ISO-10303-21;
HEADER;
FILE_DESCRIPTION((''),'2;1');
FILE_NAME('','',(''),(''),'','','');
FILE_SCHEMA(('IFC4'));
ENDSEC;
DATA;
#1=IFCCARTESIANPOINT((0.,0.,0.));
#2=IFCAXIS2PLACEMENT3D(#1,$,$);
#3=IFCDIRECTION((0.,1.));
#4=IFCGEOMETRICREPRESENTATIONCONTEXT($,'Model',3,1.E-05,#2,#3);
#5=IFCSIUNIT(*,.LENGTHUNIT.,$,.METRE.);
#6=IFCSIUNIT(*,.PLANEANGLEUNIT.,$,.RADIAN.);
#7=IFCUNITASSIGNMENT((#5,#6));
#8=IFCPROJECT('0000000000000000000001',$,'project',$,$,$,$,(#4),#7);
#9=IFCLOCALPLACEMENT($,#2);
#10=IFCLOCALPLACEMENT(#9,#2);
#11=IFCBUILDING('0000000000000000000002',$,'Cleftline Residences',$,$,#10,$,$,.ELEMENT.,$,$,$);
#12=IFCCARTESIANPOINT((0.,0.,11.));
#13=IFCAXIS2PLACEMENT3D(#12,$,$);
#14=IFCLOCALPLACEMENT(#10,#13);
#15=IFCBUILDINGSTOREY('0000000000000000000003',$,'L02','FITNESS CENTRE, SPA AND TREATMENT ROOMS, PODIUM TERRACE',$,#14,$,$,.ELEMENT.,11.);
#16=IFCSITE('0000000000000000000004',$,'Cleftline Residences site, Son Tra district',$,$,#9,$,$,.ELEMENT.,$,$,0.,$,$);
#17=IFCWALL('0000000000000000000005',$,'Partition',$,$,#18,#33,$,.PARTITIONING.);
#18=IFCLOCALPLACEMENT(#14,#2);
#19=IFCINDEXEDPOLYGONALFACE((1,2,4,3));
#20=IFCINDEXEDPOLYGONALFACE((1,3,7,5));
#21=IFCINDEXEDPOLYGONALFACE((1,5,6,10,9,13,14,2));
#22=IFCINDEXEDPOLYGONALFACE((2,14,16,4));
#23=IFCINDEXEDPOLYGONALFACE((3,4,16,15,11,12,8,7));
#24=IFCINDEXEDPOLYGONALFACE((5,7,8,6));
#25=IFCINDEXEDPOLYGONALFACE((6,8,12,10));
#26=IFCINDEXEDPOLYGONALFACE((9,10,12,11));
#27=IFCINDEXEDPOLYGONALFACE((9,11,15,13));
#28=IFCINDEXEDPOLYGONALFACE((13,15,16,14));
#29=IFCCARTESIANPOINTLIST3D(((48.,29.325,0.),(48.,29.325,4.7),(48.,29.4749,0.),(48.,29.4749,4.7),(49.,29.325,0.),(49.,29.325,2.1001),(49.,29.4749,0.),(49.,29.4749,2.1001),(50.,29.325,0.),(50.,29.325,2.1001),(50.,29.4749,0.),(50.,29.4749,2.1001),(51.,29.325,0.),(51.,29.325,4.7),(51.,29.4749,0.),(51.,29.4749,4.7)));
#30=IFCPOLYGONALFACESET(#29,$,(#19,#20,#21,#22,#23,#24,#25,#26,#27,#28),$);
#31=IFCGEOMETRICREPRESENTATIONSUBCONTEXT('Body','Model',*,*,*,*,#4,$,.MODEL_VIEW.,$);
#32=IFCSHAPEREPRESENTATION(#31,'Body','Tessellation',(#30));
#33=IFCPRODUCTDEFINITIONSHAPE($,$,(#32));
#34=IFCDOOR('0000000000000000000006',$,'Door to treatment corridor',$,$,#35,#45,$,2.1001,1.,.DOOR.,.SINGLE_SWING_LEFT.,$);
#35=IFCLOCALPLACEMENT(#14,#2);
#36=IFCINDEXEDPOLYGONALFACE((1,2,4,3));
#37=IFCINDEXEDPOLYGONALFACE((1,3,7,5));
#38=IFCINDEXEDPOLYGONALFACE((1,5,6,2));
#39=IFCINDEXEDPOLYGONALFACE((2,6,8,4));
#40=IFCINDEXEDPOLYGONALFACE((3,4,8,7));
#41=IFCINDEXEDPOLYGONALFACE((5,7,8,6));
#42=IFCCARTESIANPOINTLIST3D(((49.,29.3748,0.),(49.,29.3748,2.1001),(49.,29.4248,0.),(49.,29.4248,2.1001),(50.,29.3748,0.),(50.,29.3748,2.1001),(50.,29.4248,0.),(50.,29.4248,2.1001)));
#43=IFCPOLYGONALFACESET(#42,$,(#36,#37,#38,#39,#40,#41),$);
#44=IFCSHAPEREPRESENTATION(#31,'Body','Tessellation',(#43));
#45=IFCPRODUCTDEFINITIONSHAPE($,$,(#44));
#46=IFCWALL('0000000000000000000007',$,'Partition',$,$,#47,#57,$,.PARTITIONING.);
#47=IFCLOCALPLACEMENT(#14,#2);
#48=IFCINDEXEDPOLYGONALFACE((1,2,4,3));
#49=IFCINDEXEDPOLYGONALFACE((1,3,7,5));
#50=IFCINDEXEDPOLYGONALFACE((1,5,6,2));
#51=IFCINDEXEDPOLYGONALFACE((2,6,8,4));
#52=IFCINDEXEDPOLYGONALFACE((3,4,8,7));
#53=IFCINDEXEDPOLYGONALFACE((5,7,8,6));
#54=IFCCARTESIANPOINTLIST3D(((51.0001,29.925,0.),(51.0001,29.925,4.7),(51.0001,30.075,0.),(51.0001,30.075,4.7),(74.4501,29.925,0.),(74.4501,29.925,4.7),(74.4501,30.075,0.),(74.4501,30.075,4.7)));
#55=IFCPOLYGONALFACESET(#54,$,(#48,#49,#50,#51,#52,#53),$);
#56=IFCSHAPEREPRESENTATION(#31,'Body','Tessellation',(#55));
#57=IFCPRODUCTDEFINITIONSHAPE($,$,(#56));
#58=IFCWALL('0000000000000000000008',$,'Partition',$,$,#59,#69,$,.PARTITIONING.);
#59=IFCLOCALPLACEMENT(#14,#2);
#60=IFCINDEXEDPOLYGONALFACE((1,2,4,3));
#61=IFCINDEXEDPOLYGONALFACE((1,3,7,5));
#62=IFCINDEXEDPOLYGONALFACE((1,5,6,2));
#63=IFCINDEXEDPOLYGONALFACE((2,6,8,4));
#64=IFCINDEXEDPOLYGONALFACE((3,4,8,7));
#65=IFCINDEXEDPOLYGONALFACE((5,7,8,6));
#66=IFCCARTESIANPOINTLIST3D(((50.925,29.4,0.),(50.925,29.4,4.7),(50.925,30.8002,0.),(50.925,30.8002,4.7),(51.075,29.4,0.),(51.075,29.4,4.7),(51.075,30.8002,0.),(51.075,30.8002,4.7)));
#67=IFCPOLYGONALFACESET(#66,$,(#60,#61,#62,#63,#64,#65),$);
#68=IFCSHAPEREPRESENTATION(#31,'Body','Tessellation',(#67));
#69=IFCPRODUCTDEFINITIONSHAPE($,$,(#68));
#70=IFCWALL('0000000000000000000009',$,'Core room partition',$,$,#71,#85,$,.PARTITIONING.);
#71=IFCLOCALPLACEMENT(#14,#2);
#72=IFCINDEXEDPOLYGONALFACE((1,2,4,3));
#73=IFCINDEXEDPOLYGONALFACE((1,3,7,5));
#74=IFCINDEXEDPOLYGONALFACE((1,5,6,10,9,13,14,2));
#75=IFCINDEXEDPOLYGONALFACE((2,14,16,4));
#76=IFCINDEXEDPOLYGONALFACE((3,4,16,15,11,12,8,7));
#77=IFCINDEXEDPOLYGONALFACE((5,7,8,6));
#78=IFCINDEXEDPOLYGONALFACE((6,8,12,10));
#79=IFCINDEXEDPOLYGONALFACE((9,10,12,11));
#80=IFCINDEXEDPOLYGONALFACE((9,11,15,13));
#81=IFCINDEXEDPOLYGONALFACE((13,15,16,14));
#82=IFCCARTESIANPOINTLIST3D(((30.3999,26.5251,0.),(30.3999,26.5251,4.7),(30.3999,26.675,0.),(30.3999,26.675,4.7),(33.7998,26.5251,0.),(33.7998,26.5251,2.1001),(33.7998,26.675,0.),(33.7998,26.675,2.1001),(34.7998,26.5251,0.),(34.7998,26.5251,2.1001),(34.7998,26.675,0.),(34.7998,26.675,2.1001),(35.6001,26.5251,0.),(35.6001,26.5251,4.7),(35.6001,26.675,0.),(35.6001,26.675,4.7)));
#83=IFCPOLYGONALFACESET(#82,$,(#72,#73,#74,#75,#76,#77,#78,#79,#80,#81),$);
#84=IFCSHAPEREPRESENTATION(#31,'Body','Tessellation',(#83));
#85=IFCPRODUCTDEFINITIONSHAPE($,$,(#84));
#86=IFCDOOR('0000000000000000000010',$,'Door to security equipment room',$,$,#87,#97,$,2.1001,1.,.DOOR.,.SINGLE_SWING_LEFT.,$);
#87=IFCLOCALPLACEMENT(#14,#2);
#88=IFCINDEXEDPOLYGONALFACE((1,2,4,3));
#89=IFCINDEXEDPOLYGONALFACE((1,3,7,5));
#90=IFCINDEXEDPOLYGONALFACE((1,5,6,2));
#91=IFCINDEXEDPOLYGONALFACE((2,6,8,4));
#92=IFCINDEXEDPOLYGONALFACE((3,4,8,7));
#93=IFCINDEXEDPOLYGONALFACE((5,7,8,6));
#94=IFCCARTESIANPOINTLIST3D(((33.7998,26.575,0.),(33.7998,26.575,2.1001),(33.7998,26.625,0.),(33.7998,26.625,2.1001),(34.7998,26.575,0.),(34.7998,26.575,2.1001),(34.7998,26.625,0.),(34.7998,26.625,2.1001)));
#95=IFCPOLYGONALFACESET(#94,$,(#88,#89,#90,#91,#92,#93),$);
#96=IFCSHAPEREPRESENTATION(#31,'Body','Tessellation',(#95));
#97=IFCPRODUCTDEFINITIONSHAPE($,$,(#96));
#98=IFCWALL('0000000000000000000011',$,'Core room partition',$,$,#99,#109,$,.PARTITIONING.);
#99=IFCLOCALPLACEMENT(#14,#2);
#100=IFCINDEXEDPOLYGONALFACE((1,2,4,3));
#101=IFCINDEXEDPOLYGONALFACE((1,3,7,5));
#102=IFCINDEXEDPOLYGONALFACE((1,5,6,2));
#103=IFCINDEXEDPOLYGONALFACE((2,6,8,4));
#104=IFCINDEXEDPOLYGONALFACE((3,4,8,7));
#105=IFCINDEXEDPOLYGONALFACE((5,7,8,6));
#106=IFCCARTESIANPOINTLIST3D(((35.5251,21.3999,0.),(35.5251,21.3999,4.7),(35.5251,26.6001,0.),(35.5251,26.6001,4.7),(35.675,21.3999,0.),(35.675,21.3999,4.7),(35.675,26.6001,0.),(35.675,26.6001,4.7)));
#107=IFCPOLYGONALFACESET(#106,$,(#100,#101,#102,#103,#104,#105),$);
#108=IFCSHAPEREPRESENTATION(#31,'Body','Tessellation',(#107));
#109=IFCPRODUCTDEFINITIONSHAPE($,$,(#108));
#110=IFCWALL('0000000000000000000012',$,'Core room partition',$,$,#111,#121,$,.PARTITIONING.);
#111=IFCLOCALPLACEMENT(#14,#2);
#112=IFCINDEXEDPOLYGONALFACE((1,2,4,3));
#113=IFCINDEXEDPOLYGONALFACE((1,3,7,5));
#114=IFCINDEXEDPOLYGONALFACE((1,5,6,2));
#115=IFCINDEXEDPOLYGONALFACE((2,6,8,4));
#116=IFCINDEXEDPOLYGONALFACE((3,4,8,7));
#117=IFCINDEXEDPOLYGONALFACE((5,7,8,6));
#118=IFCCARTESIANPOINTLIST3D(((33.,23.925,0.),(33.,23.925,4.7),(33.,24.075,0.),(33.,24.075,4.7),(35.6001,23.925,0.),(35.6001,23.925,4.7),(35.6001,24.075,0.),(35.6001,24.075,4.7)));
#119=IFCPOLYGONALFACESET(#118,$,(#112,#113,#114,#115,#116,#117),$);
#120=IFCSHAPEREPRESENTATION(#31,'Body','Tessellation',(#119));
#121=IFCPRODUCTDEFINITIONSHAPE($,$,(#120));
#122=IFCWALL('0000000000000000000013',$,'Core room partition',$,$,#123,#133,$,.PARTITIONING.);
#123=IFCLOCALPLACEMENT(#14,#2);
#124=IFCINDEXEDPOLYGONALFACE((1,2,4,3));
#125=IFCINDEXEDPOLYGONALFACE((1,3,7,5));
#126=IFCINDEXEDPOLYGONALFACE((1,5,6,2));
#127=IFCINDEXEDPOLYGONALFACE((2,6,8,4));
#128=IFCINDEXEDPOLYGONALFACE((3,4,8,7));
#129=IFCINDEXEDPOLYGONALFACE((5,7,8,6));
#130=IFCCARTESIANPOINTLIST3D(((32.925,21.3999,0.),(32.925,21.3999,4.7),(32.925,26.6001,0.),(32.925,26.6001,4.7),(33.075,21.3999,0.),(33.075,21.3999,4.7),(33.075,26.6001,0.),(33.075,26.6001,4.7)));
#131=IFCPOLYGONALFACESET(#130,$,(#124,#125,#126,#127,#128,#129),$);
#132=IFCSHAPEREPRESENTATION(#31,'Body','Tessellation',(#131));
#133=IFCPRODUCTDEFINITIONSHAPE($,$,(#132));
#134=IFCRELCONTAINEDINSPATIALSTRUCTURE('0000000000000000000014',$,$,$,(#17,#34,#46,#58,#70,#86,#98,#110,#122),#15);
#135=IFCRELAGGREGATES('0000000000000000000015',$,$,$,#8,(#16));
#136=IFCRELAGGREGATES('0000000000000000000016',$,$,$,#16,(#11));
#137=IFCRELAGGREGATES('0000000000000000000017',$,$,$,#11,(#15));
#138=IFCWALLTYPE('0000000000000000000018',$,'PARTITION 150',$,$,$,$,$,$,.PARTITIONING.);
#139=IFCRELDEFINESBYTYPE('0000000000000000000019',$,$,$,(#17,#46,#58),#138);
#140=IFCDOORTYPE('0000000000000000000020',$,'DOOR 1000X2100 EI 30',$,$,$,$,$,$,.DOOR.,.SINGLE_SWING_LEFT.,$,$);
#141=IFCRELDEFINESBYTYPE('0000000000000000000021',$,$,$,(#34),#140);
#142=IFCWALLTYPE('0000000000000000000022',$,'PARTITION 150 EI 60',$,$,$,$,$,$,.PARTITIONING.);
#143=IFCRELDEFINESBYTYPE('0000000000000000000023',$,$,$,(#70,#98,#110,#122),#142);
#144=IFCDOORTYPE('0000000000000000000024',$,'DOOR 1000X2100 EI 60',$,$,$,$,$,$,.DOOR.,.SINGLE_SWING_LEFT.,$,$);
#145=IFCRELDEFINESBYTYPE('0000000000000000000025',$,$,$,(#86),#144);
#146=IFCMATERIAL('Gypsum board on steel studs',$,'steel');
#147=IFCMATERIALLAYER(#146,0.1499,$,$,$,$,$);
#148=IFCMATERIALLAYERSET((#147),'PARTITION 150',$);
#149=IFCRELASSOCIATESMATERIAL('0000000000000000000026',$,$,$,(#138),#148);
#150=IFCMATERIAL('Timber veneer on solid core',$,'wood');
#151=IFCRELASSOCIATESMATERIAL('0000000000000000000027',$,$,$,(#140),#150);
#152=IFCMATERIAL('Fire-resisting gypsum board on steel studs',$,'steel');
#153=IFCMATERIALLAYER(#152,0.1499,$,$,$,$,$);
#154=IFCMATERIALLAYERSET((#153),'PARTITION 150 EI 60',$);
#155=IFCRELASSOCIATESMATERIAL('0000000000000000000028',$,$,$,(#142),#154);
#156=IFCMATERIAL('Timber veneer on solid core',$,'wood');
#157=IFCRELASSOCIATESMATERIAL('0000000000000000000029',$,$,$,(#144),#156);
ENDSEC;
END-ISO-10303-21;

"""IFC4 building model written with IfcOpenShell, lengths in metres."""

from ifc_helpers import new_model, si_unit, direction, frame, frame_2d, origin, place, context, subcontext, project, spatial, rectangle, extrude, material, layer, layer_set, type_object, element, fill, save


model = new_model("IFC4")

# Units and contexts
model_context = context("Model", 3, precision=1e-05, world=origin(), true_north=direction((0.0, 1.0)))
body_context = subcontext(model_context, "Body", "Model", "MODEL_VIEW")
ifc_project = project(units=[si_unit("LENGTHUNIT", "METRE"), si_unit("PLANEANGLEUNIT", "RADIAN")], contexts=[model_context])

# Site, building, storey
site_placement = place(None, origin())
site = spatial("IfcSite", under=ifc_project, at=site_placement, Name="Cleftline Residences site, Son Tra district", CompositionType="ELEMENT", RefElevation=0.0)
building_placement = place(site_placement, origin())
building = spatial("IfcBuilding", under=site, at=building_placement, Name="Cleftline Residences", CompositionType="ELEMENT")
storey_placement = place(building_placement, frame((0.0, 0.0, 11.0)))
storey = spatial("IfcBuildingStorey", under=building, at=storey_placement, Name="L02", Description="FITNESS CENTRE, SPA AND TREATMENT ROOMS, PODIUM TERRACE", CompositionType="ELEMENT", Elevation=11.0)

# Wall, opening, door
ifc_material_1 = material(Name="Gypsum board on steel studs", Category="steel")
ifc_layer_1 = layer(ifc_material_1, 0.1499)
ifc_layer_set_1 = layer_set([ifc_layer_1], Name="PARTITION 150")
wall_type_1 = type_object("IfcWallType", Name="PARTITION 150", PredefinedType="PARTITIONING", material=ifc_layer_set_1)
wall_1_placement = place(storey_placement, frame((48.0, 29.3999, 0.0), z_axis=(0.0, 0.0, 1.0), x_axis=(1.0, 0.0, 0.0)))
wall_1 = element("IfcWall", 1, at=wall_1_placement, inside=storey, type_object=wall_type_1, Name="Partition", PredefinedType="PARTITIONING", context=body_context, shape_type="SweptSolid", body=[
    extrude(rectangle(XDim=3.0, YDim=0.1499, at=frame_2d((1.5, 0.0))), origin(), (0.0, 0.0, 1.0), 4.7),
])
opening_1_placement = place(wall_1_placement, frame((1.0, 0.0, 0.0)))
opening_1 = element("IfcOpeningElement", 2, at=opening_1_placement, cuts=wall_1, PredefinedType="OPENING", context=body_context, shape_type="SweptSolid", body=[
    extrude(rectangle(XDim=1.0, YDim=2.1001, at=frame_2d((0.5, 1.05))), frame((0.0, 0.085, 0.0), z_axis=(0.0, -1.0, 0.0), x_axis=(1.0, 0.0, 0.0)), (0.0, 0.0, 1.0), 0.1699),
])
ifc_material_2 = material(Name="Timber veneer on solid core", Category="wood")
door_type_1 = type_object("IfcDoorType", Name="DOOR 1000X2100 EI 30", OperationType="SINGLE_SWING_LEFT", PredefinedType="DOOR", material=ifc_material_2)
door_1_placement = place(opening_1_placement, origin())
door_1 = element("IfcDoor", 3, at=door_1_placement, inside=storey, type_object=door_type_1, Name="Door to treatment corridor", OperationType="SINGLE_SWING_LEFT", OverallHeight=2.1001, OverallWidth=1.0, PredefinedType="DOOR", context=body_context, shape_type="SweptSolid", body=[
    extrude(rectangle(XDim=1.0, YDim=2.1001, at=frame_2d((0.5, 1.05))), frame((0.0, 0.0249, 0.0), z_axis=(0.0, -1.0, 0.0), x_axis=(1.0, 0.0, 0.0)), (0.0, 0.0, 1.0), 0.05),
])
fill(opening_1, door_1)

# Walls
wall_2_placement = place(storey_placement, frame((51.0, 30.0, 0.0), z_axis=(0.0, 0.0, 1.0), x_axis=(1.0, 0.0, 0.0)))
element("IfcWall", 4, at=wall_2_placement, inside=storey, type_object=wall_type_1, Name="Partition", PredefinedType="PARTITIONING", context=body_context, shape_type="SweptSolid", body=[
    extrude(rectangle(XDim=23.45, YDim=0.1499, at=frame_2d((11.7251, 0.0))), origin(), (0.0, 0.0, 1.0), 4.7),
])
wall_3_placement = place(storey_placement, frame((51.0, 29.3999, 0.0), z_axis=(0.0, 0.0, 1.0), x_axis=(0.0, 1.0, 0.0)))
element("IfcWall", 5, at=wall_3_placement, inside=storey, type_object=wall_type_1, Name="Partition", PredefinedType="PARTITIONING", context=body_context, shape_type="SweptSolid", body=[
    extrude(rectangle(XDim=1.4001, YDim=0.1499, at=frame_2d((0.7002, 0.0))), origin(), (0.0, 0.0, 1.0), 4.7),
])

# Wall, opening, door
ifc_material_3 = material(Name="Fire-resisting gypsum board on steel studs", Category="steel")
ifc_layer_2 = layer(ifc_material_3, 0.1499)
ifc_layer_set_2 = layer_set([ifc_layer_2], Name="PARTITION 150 EI 60")
wall_type_2 = type_object("IfcWallType", Name="PARTITION 150 EI 60", PredefinedType="PARTITIONING", material=ifc_layer_set_2)
wall_4_placement = place(storey_placement, frame((30.3999, 26.6001, 0.0), z_axis=(0.0, 0.0, 1.0), x_axis=(1.0, 0.0, 0.0)))
wall_4 = element("IfcWall", 6, at=wall_4_placement, inside=storey, type_object=wall_type_2, Name="Core room partition", PredefinedType="PARTITIONING", context=body_context, shape_type="SweptSolid", body=[
    extrude(rectangle(XDim=5.2002, YDim=0.1499, at=frame_2d((2.6001, 0.0))), origin(), (0.0, 0.0, 1.0), 4.7),
])
opening_2_placement = place(wall_4_placement, frame((3.3999, 0.0, 0.0)))
opening_2 = element("IfcOpeningElement", 7, at=opening_2_placement, cuts=wall_4, PredefinedType="OPENING", context=body_context, shape_type="SweptSolid", body=[
    extrude(rectangle(XDim=1.0, YDim=2.1001, at=frame_2d((0.5, 1.05))), frame((0.0, 0.085, 0.0), z_axis=(0.0, -1.0, 0.0), x_axis=(1.0, 0.0, 0.0)), (0.0, 0.0, 1.0), 0.1699),
])
ifc_material_4 = material(Name="Timber veneer on solid core", Category="wood")
door_type_2 = type_object("IfcDoorType", Name="DOOR 1000X2100 EI 60", OperationType="SINGLE_SWING_LEFT", PredefinedType="DOOR", material=ifc_material_4)
door_2_placement = place(opening_2_placement, origin())
door_2 = element("IfcDoor", 8, at=door_2_placement, inside=storey, type_object=door_type_2, Name="Door to security equipment room", OperationType="SINGLE_SWING_LEFT", OverallHeight=2.1001, OverallWidth=1.0, PredefinedType="DOOR", context=body_context, shape_type="SweptSolid", body=[
    extrude(rectangle(XDim=1.0, YDim=2.1001, at=frame_2d((0.5, 1.05))), frame((0.0, 0.0249, 0.0), z_axis=(0.0, -1.0, 0.0), x_axis=(1.0, 0.0, 0.0)), (0.0, 0.0, 1.0), 0.05),
])
fill(opening_2, door_2)

# Walls
wall_5_placement = place(storey_placement, frame((35.6001, 21.3999, 0.0), z_axis=(0.0, 0.0, 1.0), x_axis=(0.0, 1.0, 0.0)))
element("IfcWall", 9, at=wall_5_placement, inside=storey, type_object=wall_type_2, Name="Core room partition", PredefinedType="PARTITIONING", context=body_context, shape_type="SweptSolid", body=[
    extrude(rectangle(XDim=5.2002, YDim=0.1499, at=frame_2d((2.6001, 0.0))), origin(), (0.0, 0.0, 1.0), 4.7),
])
wall_6_placement = place(storey_placement, frame((33.0, 24.0, 0.0), z_axis=(0.0, 0.0, 1.0), x_axis=(1.0, 0.0, 0.0)))
element("IfcWall", 10, at=wall_6_placement, inside=storey, type_object=wall_type_2, Name="Core room partition", PredefinedType="PARTITIONING", context=body_context, shape_type="SweptSolid", body=[
    extrude(rectangle(XDim=2.6001, YDim=0.1499, at=frame_2d((1.3, 0.0))), origin(), (0.0, 0.0, 1.0), 4.7),
])
wall_7_placement = place(storey_placement, frame((33.0, 21.3999, 0.0), z_axis=(0.0, 0.0, 1.0), x_axis=(0.0, 1.0, 0.0)))
element("IfcWall", 11, at=wall_7_placement, inside=storey, type_object=wall_type_2, Name="Core room partition", PredefinedType="PARTITIONING", context=body_context, shape_type="SweptSolid", body=[
    extrude(rectangle(XDim=5.2002, YDim=0.1499, at=frame_2d((2.6001, 0.0))), origin(), (0.0, 0.0, 1.0), 4.7),
])

save(model, "model.ifc")
